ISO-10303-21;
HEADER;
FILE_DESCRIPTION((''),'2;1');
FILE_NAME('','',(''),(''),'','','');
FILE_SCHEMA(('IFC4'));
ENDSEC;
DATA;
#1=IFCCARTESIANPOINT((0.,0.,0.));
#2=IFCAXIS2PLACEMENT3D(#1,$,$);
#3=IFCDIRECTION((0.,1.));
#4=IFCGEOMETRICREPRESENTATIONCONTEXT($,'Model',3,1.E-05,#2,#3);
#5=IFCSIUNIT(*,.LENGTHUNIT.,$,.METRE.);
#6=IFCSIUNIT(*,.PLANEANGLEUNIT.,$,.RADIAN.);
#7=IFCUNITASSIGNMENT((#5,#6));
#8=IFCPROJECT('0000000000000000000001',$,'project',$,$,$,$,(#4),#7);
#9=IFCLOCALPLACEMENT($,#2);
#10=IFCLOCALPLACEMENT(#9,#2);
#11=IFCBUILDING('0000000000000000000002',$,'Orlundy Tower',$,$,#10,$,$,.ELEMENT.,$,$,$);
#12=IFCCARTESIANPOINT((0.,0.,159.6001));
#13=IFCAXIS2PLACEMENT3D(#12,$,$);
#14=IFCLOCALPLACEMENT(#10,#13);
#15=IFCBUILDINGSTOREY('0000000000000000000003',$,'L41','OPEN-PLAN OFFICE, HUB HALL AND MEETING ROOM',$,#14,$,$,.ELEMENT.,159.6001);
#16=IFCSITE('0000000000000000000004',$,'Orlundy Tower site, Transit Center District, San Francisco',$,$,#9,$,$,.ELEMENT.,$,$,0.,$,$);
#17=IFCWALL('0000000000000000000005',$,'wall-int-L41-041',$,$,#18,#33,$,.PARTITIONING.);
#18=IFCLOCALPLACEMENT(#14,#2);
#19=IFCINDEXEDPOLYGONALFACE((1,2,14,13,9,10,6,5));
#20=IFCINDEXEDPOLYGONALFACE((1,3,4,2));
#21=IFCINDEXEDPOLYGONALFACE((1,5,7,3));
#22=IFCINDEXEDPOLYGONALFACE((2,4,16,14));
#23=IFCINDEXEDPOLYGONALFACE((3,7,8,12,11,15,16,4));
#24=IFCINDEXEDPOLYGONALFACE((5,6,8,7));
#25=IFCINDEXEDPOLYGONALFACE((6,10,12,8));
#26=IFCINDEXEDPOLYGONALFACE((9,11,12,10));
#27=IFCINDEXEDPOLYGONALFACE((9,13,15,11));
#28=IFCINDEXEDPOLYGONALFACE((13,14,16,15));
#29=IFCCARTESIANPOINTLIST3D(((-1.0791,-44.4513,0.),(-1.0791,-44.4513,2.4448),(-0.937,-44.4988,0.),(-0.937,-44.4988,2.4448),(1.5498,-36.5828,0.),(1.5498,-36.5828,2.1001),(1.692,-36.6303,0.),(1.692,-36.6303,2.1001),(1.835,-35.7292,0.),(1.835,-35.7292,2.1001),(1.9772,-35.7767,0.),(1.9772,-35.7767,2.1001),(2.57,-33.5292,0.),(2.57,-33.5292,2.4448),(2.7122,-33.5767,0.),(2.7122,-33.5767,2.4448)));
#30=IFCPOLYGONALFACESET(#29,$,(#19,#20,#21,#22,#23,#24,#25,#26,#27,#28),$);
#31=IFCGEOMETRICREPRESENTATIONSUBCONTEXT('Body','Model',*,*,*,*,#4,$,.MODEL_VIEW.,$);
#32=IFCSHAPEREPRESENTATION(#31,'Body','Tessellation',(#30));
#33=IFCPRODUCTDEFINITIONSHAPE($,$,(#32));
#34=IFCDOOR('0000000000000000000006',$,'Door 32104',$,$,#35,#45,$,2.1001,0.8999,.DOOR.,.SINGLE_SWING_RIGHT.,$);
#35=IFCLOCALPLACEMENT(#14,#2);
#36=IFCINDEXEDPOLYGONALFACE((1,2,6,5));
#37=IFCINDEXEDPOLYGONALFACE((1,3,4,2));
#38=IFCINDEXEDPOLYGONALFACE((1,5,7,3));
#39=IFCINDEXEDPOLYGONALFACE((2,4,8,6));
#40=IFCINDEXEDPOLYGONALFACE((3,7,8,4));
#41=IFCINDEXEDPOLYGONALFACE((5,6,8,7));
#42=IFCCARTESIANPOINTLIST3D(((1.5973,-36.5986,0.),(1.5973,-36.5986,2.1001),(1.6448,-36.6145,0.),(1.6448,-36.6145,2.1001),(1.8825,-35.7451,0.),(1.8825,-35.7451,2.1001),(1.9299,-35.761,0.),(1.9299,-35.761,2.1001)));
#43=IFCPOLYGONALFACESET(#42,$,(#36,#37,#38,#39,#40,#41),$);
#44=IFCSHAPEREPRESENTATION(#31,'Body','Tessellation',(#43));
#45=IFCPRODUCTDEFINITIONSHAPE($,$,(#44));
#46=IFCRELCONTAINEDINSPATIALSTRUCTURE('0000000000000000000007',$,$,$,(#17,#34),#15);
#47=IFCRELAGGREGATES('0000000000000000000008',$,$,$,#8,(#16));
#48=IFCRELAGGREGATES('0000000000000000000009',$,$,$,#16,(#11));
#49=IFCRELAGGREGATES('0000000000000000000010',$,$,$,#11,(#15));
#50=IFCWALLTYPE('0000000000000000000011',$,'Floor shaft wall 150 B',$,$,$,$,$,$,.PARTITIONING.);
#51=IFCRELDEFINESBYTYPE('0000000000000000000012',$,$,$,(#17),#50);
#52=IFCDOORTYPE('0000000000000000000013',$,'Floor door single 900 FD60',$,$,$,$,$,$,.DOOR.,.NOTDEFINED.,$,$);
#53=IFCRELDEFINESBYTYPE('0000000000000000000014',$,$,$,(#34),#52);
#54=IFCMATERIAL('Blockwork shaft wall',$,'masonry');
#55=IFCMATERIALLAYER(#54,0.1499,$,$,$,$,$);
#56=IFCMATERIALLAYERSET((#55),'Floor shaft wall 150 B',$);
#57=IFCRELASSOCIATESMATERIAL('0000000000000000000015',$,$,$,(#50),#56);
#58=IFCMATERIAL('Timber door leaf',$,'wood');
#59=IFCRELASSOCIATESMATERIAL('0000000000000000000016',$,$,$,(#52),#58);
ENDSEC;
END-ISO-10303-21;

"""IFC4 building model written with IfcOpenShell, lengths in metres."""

from ifc_helpers import new_model, si_unit, direction, frame, frame_2d, origin, place, context, subcontext, project, spatial, rectangle, extrude, material, layer, layer_set, type_object, element, fill, save


model = new_model("IFC4")

# Units and contexts
model_context = context("Model", 3, precision=1e-05, world=origin(), true_north=direction((0.0, 1.0)))
body_context = subcontext(model_context, "Body", "Model", "MODEL_VIEW")
ifc_project = project(units=[si_unit("LENGTHUNIT", "METRE"), si_unit("PLANEANGLEUNIT", "RADIAN")], contexts=[model_context])

# Site, building, storey
site_placement = place(None, origin())
site = spatial("IfcSite", under=ifc_project, at=site_placement, Name="Orlundy Tower site, Transit Center District, San Francisco", CompositionType="ELEMENT", RefElevation=0.0)
building_placement = place(site_placement, origin())
building = spatial("IfcBuilding", under=site, at=building_placement, Name="Orlundy Tower", CompositionType="ELEMENT")
storey_placement = place(building_placement, frame((0.0, 0.0, 159.6001)))
storey = spatial("IfcBuildingStorey", under=building, at=storey_placement, Name="L41", Description="OPEN-PLAN OFFICE, HUB HALL AND MEETING ROOM", CompositionType="ELEMENT", Elevation=159.6001)

# Wall, opening, door
ifc_material_1 = material(Name="Blockwork shaft wall", Category="masonry")
ifc_layer_1 = layer(ifc_material_1, 0.1499)
ifc_layer_set_1 = layer_set([ifc_layer_1], Name="Floor shaft wall 150 B")
wall_type_1 = type_object("IfcWallType", Name="Floor shaft wall 150 B", PredefinedType="PARTITIONING", material=ifc_layer_set_1)
wall_1_placement = place(storey_placement, frame((-1.0081, -44.4751, 0.0), z_axis=(0.0, 0.0, 1.0), x_axis=(0.316889, 0.948463, 0.0)))
wall_1 = element("IfcWall", 1, at=wall_1_placement, inside=storey, type_object=wall_type_1, Name="wall-int-L41-041", PredefinedType="PARTITIONING", context=body_context, shape_type="SweptSolid", body=[
    extrude(rectangle(XDim=11.5156, YDim=0.1499, at=frame_2d((5.7578, 0.0))), origin(), (0.0, 0.0, 1.0), 2.4448),
])
opening_1_placement = place(wall_1_placement, frame((8.2961, 0.0, 0.0)))
opening_1 = element("IfcOpeningElement", 2, at=opening_1_placement, cuts=wall_1, PredefinedType="OPENING", context=body_context, shape_type="SweptSolid", body=[
    extrude(rectangle(XDim=0.8999, YDim=2.1001, at=frame_2d((0.45, 1.05))), frame((0.0, 0.085, 0.0), z_axis=(0.0, -1.0, 0.0), x_axis=(1.0, 0.0, 0.0)), (0.0, 0.0, 1.0), 0.1699),
])
ifc_material_2 = material(Name="Timber door leaf", Category="wood")
door_type_1 = type_object("IfcDoorType", Name="Floor door single 900 FD60", OperationType="NOTDEFINED", PredefinedType="DOOR", material=ifc_material_2)
door_1_placement = place(opening_1_placement, origin())
door_1 = element("IfcDoor", 3, at=door_1_placement, inside=storey, type_object=door_type_1, Name="Door 32104", OperationType="SINGLE_SWING_RIGHT", OverallHeight=2.1001, OverallWidth=0.8999, PredefinedType="DOOR", context=body_context, shape_type="SweptSolid", body=[
    extrude(rectangle(XDim=0.8999, YDim=2.1001, at=frame_2d((0.45, 1.05))), frame((0.0, 0.0249, 0.0), z_axis=(0.0, -1.0, 0.0), x_axis=(1.0, 0.0, 0.0)), (0.0, 0.0, 1.0), 0.05),
])
fill(opening_1, door_1)

save(model, "model.ifc")
